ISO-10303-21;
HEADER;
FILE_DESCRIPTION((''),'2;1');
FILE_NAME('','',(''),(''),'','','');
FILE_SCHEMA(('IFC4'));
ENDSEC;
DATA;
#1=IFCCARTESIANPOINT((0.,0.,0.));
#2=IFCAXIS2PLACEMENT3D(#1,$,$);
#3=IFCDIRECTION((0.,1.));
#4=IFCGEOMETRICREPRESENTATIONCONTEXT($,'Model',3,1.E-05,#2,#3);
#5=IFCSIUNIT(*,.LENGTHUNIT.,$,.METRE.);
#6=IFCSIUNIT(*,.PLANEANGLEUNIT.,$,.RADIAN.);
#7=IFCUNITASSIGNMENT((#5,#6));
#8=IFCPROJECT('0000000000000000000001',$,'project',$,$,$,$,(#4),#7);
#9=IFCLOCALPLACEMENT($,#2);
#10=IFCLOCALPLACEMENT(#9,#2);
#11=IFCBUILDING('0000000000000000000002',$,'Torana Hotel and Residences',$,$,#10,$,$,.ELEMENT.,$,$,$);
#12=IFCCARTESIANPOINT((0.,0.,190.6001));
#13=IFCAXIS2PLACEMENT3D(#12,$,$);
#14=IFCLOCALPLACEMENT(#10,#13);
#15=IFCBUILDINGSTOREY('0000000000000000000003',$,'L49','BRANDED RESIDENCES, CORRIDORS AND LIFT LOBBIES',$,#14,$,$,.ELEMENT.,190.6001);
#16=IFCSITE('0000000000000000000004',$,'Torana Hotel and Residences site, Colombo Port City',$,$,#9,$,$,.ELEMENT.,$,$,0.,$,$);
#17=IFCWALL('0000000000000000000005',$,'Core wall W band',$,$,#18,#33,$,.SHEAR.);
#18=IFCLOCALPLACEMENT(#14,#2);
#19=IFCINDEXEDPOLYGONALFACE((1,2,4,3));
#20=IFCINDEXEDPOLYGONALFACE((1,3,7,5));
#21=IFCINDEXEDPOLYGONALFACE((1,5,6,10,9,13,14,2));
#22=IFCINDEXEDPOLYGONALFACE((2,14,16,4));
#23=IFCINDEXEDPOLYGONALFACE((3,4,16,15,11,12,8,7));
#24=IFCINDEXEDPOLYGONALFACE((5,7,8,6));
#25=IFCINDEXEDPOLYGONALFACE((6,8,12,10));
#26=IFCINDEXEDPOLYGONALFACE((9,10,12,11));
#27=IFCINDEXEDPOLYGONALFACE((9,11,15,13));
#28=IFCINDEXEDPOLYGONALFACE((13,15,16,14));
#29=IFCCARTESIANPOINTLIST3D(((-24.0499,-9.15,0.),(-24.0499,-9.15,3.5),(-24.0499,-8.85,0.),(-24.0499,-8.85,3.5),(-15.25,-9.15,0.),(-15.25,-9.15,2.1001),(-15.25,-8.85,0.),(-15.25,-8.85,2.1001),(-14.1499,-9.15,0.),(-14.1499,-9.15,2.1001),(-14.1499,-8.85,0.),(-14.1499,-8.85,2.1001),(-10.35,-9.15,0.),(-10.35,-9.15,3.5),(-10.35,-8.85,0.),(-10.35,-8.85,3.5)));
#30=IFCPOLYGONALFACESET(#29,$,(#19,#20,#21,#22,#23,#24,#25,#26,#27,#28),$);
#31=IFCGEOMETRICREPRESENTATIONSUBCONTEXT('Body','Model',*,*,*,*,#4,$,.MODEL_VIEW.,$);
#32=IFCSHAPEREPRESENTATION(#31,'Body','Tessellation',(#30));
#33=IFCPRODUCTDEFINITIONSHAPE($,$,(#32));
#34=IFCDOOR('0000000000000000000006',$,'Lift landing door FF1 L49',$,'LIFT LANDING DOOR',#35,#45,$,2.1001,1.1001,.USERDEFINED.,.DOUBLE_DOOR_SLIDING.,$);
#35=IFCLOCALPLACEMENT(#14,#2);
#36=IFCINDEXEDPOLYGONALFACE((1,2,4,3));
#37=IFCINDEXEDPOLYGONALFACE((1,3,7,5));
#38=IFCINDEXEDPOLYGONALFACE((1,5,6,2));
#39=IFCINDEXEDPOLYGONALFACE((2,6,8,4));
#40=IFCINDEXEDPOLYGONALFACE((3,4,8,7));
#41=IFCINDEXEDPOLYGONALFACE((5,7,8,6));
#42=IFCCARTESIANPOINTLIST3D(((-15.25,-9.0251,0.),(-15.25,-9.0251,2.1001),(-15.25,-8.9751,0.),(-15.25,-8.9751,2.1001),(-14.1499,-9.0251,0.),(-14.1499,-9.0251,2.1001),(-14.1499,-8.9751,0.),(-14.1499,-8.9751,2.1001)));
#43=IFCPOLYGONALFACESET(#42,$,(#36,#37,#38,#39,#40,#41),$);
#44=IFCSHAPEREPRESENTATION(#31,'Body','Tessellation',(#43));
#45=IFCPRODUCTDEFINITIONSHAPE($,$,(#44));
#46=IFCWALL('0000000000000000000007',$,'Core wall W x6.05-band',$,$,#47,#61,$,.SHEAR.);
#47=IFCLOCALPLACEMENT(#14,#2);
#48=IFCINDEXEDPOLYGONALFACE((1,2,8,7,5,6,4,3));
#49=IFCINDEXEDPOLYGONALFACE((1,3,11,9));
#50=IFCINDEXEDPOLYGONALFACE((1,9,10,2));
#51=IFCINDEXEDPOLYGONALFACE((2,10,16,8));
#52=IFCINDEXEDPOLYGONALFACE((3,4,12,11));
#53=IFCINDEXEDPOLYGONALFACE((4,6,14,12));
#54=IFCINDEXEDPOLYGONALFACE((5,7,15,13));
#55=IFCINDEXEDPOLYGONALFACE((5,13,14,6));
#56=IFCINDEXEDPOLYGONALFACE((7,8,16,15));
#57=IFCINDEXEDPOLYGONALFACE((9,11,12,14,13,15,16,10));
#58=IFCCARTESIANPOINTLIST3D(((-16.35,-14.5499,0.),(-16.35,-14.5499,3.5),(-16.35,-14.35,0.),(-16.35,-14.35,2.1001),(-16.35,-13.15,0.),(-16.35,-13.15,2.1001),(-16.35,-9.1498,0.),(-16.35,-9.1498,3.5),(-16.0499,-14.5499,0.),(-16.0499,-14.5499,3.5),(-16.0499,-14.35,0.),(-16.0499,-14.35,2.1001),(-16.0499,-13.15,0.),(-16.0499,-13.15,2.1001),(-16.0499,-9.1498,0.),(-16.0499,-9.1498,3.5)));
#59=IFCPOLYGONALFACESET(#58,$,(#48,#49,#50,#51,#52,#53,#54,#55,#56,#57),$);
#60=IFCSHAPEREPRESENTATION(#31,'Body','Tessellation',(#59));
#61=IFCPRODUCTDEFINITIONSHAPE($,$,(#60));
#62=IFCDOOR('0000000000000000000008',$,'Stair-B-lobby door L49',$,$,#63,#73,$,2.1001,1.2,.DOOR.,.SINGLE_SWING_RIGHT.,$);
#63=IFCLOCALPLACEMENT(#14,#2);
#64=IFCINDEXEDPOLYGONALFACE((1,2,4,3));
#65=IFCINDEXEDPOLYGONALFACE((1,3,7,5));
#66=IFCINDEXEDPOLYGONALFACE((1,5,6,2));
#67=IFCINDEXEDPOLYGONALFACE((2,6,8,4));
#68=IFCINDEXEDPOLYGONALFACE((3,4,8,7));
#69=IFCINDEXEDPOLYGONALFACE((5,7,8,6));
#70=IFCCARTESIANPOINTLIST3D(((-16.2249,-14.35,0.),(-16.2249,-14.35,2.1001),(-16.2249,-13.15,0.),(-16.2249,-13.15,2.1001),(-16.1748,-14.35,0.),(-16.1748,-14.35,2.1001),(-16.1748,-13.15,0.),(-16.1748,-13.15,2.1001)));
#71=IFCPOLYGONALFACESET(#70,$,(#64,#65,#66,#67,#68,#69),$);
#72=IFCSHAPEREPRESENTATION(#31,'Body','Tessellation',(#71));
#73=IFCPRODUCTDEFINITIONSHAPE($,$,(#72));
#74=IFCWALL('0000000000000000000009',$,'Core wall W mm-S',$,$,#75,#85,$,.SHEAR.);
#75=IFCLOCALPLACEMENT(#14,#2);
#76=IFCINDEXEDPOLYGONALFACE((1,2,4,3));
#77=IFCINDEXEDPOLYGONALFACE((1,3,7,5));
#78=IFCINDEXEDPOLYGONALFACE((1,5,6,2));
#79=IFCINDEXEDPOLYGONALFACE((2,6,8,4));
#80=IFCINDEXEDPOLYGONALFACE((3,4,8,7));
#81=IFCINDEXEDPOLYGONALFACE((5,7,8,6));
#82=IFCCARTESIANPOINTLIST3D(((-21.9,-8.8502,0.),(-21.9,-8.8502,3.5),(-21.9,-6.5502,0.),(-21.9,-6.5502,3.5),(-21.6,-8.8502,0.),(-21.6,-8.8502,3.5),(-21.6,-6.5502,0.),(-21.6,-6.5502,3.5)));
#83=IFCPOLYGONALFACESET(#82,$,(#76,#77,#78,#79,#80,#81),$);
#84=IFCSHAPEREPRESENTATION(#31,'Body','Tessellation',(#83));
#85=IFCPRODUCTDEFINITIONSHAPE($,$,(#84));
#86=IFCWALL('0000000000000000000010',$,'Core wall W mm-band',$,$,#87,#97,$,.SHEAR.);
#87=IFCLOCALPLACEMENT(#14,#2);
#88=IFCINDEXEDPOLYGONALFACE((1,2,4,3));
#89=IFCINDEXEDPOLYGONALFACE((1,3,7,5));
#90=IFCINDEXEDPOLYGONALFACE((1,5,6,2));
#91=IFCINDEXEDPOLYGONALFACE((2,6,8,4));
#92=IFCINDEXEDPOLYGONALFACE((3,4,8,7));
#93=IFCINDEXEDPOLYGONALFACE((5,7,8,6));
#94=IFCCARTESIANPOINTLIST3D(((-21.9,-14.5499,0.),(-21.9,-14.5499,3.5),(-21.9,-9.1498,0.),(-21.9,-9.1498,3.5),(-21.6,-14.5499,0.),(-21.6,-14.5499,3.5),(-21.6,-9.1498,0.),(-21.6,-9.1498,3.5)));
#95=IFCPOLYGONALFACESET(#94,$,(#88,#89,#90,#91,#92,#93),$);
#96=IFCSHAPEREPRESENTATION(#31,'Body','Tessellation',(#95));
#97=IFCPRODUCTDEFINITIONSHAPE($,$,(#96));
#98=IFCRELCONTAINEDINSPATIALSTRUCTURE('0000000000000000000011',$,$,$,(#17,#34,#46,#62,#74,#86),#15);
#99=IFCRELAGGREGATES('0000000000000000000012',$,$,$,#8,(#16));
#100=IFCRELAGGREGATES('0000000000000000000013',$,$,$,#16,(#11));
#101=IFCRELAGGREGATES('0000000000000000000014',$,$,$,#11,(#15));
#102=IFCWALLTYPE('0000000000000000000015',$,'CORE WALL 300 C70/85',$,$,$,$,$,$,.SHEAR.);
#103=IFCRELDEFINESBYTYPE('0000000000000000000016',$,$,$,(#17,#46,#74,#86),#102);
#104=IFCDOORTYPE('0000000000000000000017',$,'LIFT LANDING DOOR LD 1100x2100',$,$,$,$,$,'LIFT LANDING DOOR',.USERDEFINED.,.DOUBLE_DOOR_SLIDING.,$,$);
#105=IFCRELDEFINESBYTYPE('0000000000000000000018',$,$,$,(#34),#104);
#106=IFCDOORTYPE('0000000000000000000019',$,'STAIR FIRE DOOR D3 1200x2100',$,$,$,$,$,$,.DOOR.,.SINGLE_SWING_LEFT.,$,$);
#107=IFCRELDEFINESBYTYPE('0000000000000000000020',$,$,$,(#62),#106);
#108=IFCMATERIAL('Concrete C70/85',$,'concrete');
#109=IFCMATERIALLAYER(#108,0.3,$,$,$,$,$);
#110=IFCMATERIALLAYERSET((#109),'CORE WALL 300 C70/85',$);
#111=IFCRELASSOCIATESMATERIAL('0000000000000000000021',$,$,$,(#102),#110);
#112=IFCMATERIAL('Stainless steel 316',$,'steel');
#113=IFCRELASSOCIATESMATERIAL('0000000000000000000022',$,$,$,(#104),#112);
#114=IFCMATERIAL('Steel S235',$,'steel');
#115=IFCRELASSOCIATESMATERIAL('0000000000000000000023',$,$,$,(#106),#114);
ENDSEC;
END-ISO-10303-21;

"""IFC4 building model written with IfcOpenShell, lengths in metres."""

from ifc_helpers import new_model, si_unit, direction, frame, frame_2d, origin, place, context, subcontext, project, spatial, rectangle, extrude, material, layer, layer_set, type_object, element, fill, save


model = new_model("IFC4")

# Units and contexts
model_context = context("Model", 3, precision=1e-05, world=origin(), true_north=direction((0.0, 1.0)))
body_context = subcontext(model_context, "Body", "Model", "MODEL_VIEW")
ifc_project = project(units=[si_unit("LENGTHUNIT", "METRE"), si_unit("PLANEANGLEUNIT", "RADIAN")], contexts=[model_context])

# Site, building, storey
site_placement = place(None, origin())
site = spatial("IfcSite", under=ifc_project, at=site_placement, Name="Torana Hotel and Residences site, Colombo Port City", CompositionType="ELEMENT", RefElevation=0.0)
building_placement = place(site_placement, origin())
building = spatial("IfcBuilding", under=site, at=building_placement, Name="Torana Hotel and Residences", CompositionType="ELEMENT")
storey_placement = place(building_placement, frame((0.0, 0.0, 190.6001)))
storey = spatial("IfcBuildingStorey", under=building, at=storey_placement, Name="L49", Description="BRANDED RESIDENCES, CORRIDORS AND LIFT LOBBIES", CompositionType="ELEMENT", Elevation=190.6001)

# Walls, openings, doors
ifc_material_1 = material(Name="Concrete C70/85", Category="concrete")
ifc_layer_1 = layer(ifc_material_1, 0.3)
ifc_layer_set_1 = layer_set([ifc_layer_1], Name="CORE WALL 300 C70/85")
wall_type_1 = type_object("IfcWallType", Name="CORE WALL 300 C70/85", PredefinedType="SHEAR", material=ifc_layer_set_1)
wall_1_placement = place(storey_placement, frame((-24.05, -9.0, 0.0), z_axis=(0.0, 0.0, 1.0), x_axis=(1.0, 0.0, 0.0)))
wall_1 = element("IfcWall", 1, at=wall_1_placement, inside=storey, type_object=wall_type_1, Name="Core wall W band", PredefinedType="SHEAR", context=body_context, shape_type="SweptSolid", body=[
    extrude(rectangle(XDim=13.7, YDim=0.3, at=frame_2d((6.8501, 0.0))), origin(), (0.0, 0.0, 1.0), 3.5),
])
opening_1_placement = place(wall_1_placement, frame((8.8, 0.0, 0.0)))
opening_1 = element("IfcOpeningElement", 2, at=opening_1_placement, cuts=wall_1, PredefinedType="OPENING", context=body_context, shape_type="SweptSolid", body=[
    extrude(rectangle(XDim=1.1001, YDim=2.1001, at=frame_2d((0.55, 1.05))), frame((0.0, 0.1599, 0.0), z_axis=(0.0, -1.0, 0.0), x_axis=(1.0, 0.0, 0.0)), (0.0, 0.0, 1.0), 0.3201),
])
ifc_material_2 = material(Name="Stainless steel 316", Category="steel")
door_type_1 = type_object("IfcDoorType", Name="LIFT LANDING DOOR LD 1100x2100", ElementType="LIFT LANDING DOOR", OperationType="DOUBLE_DOOR_SLIDING", PredefinedType="USERDEFINED", material=ifc_material_2)
door_1_placement = place(opening_1_placement, origin())
door_1 = element("IfcDoor", 3, at=door_1_placement, inside=storey, type_object=door_type_1, Name="Lift landing door FF1 L49", ObjectType="LIFT LANDING DOOR", OperationType="DOUBLE_DOOR_SLIDING", OverallHeight=2.1001, OverallWidth=1.1001, PredefinedType="USERDEFINED", context=body_context, shape_type="SweptSolid", body=[
    extrude(rectangle(XDim=1.1001, YDim=2.1001, at=frame_2d((0.55, 1.05))), frame((0.0, 0.0249, 0.0), z_axis=(0.0, -1.0, 0.0), x_axis=(1.0, 0.0, 0.0)), (0.0, 0.0, 1.0), 0.05),
])
fill(opening_1, door_1)
wall_2_placement = place(storey_placement, frame((-16.2, -14.55, 0.0), z_axis=(0.0, 0.0, 1.0), x_axis=(0.0, 1.0, 0.0)))
wall_2 = element("IfcWall", 4, at=wall_2_placement, inside=storey, type_object=wall_type_1, Name="Core wall W x6.05-band", PredefinedType="SHEAR", context=body_context, shape_type="SweptSolid", body=[
    extrude(rectangle(XDim=5.4001, YDim=0.3, at=frame_2d((2.7002, 0.0))), origin(), (0.0, 0.0, 1.0), 3.5),
])
opening_2_placement = place(wall_2_placement, frame((0.2, 0.0, 0.0)))
opening_2 = element("IfcOpeningElement", 5, at=opening_2_placement, cuts=wall_2, PredefinedType="OPENING", context=body_context, shape_type="SweptSolid", body=[
    extrude(rectangle(XDim=1.2, YDim=2.1001, at=frame_2d((0.6001, 1.05))), frame((0.0, 0.1599, 0.0), z_axis=(0.0, -1.0, 0.0), x_axis=(1.0, 0.0, 0.0)), (0.0, 0.0, 1.0), 0.3201),
])
ifc_material_3 = material(Name="Steel S235", Category="steel")
door_type_2 = type_object("IfcDoorType", Name="STAIR FIRE DOOR D3 1200x2100", OperationType="SINGLE_SWING_LEFT", PredefinedType="DOOR", material=ifc_material_3)
door_2_placement = place(opening_2_placement, origin())
door_2 = element("IfcDoor", 6, at=door_2_placement, inside=storey, type_object=door_type_2, Name="Stair-B-lobby door L49", OperationType="SINGLE_SWING_RIGHT", OverallHeight=2.1001, OverallWidth=1.2, PredefinedType="DOOR", context=body_context, shape_type="SweptSolid", body=[
    extrude(rectangle(XDim=1.2, YDim=2.1001, at=frame_2d((0.6001, 1.05))), frame((0.0, 0.0249, 0.0), z_axis=(0.0, -1.0, 0.0), x_axis=(1.0, 0.0, 0.0)), (0.0, 0.0, 1.0), 0.05),
])
fill(opening_2, door_2)

# Walls
wall_3_placement = place(storey_placement, frame((-21.75, -8.8501, 0.0), z_axis=(0.0, 0.0, 1.0), x_axis=(0.0, 1.0, 0.0)))
element("IfcWall", 7, at=wall_3_placement, inside=storey, type_object=wall_type_1, Name="Core wall W mm-S", PredefinedType="SHEAR", context=body_context, shape_type="SweptSolid", body=[
    extrude(rectangle(XDim=2.3, YDim=0.3, at=frame_2d((1.1499, 0.0))), origin(), (0.0, 0.0, 1.0), 3.5),
])
wall_4_placement = place(storey_placement, frame((-21.75, -14.55, 0.0), z_axis=(0.0, 0.0, 1.0), x_axis=(0.0, 1.0, 0.0)))
element("IfcWall", 8, at=wall_4_placement, inside=storey, type_object=wall_type_1, Name="Core wall W mm-band", PredefinedType="SHEAR", context=body_context, shape_type="SweptSolid", body=[
    extrude(rectangle(XDim=5.4001, YDim=0.3, at=frame_2d((2.7002, 0.0))), origin(), (0.0, 0.0, 1.0), 3.5),
])

save(model, "model.ifc")
